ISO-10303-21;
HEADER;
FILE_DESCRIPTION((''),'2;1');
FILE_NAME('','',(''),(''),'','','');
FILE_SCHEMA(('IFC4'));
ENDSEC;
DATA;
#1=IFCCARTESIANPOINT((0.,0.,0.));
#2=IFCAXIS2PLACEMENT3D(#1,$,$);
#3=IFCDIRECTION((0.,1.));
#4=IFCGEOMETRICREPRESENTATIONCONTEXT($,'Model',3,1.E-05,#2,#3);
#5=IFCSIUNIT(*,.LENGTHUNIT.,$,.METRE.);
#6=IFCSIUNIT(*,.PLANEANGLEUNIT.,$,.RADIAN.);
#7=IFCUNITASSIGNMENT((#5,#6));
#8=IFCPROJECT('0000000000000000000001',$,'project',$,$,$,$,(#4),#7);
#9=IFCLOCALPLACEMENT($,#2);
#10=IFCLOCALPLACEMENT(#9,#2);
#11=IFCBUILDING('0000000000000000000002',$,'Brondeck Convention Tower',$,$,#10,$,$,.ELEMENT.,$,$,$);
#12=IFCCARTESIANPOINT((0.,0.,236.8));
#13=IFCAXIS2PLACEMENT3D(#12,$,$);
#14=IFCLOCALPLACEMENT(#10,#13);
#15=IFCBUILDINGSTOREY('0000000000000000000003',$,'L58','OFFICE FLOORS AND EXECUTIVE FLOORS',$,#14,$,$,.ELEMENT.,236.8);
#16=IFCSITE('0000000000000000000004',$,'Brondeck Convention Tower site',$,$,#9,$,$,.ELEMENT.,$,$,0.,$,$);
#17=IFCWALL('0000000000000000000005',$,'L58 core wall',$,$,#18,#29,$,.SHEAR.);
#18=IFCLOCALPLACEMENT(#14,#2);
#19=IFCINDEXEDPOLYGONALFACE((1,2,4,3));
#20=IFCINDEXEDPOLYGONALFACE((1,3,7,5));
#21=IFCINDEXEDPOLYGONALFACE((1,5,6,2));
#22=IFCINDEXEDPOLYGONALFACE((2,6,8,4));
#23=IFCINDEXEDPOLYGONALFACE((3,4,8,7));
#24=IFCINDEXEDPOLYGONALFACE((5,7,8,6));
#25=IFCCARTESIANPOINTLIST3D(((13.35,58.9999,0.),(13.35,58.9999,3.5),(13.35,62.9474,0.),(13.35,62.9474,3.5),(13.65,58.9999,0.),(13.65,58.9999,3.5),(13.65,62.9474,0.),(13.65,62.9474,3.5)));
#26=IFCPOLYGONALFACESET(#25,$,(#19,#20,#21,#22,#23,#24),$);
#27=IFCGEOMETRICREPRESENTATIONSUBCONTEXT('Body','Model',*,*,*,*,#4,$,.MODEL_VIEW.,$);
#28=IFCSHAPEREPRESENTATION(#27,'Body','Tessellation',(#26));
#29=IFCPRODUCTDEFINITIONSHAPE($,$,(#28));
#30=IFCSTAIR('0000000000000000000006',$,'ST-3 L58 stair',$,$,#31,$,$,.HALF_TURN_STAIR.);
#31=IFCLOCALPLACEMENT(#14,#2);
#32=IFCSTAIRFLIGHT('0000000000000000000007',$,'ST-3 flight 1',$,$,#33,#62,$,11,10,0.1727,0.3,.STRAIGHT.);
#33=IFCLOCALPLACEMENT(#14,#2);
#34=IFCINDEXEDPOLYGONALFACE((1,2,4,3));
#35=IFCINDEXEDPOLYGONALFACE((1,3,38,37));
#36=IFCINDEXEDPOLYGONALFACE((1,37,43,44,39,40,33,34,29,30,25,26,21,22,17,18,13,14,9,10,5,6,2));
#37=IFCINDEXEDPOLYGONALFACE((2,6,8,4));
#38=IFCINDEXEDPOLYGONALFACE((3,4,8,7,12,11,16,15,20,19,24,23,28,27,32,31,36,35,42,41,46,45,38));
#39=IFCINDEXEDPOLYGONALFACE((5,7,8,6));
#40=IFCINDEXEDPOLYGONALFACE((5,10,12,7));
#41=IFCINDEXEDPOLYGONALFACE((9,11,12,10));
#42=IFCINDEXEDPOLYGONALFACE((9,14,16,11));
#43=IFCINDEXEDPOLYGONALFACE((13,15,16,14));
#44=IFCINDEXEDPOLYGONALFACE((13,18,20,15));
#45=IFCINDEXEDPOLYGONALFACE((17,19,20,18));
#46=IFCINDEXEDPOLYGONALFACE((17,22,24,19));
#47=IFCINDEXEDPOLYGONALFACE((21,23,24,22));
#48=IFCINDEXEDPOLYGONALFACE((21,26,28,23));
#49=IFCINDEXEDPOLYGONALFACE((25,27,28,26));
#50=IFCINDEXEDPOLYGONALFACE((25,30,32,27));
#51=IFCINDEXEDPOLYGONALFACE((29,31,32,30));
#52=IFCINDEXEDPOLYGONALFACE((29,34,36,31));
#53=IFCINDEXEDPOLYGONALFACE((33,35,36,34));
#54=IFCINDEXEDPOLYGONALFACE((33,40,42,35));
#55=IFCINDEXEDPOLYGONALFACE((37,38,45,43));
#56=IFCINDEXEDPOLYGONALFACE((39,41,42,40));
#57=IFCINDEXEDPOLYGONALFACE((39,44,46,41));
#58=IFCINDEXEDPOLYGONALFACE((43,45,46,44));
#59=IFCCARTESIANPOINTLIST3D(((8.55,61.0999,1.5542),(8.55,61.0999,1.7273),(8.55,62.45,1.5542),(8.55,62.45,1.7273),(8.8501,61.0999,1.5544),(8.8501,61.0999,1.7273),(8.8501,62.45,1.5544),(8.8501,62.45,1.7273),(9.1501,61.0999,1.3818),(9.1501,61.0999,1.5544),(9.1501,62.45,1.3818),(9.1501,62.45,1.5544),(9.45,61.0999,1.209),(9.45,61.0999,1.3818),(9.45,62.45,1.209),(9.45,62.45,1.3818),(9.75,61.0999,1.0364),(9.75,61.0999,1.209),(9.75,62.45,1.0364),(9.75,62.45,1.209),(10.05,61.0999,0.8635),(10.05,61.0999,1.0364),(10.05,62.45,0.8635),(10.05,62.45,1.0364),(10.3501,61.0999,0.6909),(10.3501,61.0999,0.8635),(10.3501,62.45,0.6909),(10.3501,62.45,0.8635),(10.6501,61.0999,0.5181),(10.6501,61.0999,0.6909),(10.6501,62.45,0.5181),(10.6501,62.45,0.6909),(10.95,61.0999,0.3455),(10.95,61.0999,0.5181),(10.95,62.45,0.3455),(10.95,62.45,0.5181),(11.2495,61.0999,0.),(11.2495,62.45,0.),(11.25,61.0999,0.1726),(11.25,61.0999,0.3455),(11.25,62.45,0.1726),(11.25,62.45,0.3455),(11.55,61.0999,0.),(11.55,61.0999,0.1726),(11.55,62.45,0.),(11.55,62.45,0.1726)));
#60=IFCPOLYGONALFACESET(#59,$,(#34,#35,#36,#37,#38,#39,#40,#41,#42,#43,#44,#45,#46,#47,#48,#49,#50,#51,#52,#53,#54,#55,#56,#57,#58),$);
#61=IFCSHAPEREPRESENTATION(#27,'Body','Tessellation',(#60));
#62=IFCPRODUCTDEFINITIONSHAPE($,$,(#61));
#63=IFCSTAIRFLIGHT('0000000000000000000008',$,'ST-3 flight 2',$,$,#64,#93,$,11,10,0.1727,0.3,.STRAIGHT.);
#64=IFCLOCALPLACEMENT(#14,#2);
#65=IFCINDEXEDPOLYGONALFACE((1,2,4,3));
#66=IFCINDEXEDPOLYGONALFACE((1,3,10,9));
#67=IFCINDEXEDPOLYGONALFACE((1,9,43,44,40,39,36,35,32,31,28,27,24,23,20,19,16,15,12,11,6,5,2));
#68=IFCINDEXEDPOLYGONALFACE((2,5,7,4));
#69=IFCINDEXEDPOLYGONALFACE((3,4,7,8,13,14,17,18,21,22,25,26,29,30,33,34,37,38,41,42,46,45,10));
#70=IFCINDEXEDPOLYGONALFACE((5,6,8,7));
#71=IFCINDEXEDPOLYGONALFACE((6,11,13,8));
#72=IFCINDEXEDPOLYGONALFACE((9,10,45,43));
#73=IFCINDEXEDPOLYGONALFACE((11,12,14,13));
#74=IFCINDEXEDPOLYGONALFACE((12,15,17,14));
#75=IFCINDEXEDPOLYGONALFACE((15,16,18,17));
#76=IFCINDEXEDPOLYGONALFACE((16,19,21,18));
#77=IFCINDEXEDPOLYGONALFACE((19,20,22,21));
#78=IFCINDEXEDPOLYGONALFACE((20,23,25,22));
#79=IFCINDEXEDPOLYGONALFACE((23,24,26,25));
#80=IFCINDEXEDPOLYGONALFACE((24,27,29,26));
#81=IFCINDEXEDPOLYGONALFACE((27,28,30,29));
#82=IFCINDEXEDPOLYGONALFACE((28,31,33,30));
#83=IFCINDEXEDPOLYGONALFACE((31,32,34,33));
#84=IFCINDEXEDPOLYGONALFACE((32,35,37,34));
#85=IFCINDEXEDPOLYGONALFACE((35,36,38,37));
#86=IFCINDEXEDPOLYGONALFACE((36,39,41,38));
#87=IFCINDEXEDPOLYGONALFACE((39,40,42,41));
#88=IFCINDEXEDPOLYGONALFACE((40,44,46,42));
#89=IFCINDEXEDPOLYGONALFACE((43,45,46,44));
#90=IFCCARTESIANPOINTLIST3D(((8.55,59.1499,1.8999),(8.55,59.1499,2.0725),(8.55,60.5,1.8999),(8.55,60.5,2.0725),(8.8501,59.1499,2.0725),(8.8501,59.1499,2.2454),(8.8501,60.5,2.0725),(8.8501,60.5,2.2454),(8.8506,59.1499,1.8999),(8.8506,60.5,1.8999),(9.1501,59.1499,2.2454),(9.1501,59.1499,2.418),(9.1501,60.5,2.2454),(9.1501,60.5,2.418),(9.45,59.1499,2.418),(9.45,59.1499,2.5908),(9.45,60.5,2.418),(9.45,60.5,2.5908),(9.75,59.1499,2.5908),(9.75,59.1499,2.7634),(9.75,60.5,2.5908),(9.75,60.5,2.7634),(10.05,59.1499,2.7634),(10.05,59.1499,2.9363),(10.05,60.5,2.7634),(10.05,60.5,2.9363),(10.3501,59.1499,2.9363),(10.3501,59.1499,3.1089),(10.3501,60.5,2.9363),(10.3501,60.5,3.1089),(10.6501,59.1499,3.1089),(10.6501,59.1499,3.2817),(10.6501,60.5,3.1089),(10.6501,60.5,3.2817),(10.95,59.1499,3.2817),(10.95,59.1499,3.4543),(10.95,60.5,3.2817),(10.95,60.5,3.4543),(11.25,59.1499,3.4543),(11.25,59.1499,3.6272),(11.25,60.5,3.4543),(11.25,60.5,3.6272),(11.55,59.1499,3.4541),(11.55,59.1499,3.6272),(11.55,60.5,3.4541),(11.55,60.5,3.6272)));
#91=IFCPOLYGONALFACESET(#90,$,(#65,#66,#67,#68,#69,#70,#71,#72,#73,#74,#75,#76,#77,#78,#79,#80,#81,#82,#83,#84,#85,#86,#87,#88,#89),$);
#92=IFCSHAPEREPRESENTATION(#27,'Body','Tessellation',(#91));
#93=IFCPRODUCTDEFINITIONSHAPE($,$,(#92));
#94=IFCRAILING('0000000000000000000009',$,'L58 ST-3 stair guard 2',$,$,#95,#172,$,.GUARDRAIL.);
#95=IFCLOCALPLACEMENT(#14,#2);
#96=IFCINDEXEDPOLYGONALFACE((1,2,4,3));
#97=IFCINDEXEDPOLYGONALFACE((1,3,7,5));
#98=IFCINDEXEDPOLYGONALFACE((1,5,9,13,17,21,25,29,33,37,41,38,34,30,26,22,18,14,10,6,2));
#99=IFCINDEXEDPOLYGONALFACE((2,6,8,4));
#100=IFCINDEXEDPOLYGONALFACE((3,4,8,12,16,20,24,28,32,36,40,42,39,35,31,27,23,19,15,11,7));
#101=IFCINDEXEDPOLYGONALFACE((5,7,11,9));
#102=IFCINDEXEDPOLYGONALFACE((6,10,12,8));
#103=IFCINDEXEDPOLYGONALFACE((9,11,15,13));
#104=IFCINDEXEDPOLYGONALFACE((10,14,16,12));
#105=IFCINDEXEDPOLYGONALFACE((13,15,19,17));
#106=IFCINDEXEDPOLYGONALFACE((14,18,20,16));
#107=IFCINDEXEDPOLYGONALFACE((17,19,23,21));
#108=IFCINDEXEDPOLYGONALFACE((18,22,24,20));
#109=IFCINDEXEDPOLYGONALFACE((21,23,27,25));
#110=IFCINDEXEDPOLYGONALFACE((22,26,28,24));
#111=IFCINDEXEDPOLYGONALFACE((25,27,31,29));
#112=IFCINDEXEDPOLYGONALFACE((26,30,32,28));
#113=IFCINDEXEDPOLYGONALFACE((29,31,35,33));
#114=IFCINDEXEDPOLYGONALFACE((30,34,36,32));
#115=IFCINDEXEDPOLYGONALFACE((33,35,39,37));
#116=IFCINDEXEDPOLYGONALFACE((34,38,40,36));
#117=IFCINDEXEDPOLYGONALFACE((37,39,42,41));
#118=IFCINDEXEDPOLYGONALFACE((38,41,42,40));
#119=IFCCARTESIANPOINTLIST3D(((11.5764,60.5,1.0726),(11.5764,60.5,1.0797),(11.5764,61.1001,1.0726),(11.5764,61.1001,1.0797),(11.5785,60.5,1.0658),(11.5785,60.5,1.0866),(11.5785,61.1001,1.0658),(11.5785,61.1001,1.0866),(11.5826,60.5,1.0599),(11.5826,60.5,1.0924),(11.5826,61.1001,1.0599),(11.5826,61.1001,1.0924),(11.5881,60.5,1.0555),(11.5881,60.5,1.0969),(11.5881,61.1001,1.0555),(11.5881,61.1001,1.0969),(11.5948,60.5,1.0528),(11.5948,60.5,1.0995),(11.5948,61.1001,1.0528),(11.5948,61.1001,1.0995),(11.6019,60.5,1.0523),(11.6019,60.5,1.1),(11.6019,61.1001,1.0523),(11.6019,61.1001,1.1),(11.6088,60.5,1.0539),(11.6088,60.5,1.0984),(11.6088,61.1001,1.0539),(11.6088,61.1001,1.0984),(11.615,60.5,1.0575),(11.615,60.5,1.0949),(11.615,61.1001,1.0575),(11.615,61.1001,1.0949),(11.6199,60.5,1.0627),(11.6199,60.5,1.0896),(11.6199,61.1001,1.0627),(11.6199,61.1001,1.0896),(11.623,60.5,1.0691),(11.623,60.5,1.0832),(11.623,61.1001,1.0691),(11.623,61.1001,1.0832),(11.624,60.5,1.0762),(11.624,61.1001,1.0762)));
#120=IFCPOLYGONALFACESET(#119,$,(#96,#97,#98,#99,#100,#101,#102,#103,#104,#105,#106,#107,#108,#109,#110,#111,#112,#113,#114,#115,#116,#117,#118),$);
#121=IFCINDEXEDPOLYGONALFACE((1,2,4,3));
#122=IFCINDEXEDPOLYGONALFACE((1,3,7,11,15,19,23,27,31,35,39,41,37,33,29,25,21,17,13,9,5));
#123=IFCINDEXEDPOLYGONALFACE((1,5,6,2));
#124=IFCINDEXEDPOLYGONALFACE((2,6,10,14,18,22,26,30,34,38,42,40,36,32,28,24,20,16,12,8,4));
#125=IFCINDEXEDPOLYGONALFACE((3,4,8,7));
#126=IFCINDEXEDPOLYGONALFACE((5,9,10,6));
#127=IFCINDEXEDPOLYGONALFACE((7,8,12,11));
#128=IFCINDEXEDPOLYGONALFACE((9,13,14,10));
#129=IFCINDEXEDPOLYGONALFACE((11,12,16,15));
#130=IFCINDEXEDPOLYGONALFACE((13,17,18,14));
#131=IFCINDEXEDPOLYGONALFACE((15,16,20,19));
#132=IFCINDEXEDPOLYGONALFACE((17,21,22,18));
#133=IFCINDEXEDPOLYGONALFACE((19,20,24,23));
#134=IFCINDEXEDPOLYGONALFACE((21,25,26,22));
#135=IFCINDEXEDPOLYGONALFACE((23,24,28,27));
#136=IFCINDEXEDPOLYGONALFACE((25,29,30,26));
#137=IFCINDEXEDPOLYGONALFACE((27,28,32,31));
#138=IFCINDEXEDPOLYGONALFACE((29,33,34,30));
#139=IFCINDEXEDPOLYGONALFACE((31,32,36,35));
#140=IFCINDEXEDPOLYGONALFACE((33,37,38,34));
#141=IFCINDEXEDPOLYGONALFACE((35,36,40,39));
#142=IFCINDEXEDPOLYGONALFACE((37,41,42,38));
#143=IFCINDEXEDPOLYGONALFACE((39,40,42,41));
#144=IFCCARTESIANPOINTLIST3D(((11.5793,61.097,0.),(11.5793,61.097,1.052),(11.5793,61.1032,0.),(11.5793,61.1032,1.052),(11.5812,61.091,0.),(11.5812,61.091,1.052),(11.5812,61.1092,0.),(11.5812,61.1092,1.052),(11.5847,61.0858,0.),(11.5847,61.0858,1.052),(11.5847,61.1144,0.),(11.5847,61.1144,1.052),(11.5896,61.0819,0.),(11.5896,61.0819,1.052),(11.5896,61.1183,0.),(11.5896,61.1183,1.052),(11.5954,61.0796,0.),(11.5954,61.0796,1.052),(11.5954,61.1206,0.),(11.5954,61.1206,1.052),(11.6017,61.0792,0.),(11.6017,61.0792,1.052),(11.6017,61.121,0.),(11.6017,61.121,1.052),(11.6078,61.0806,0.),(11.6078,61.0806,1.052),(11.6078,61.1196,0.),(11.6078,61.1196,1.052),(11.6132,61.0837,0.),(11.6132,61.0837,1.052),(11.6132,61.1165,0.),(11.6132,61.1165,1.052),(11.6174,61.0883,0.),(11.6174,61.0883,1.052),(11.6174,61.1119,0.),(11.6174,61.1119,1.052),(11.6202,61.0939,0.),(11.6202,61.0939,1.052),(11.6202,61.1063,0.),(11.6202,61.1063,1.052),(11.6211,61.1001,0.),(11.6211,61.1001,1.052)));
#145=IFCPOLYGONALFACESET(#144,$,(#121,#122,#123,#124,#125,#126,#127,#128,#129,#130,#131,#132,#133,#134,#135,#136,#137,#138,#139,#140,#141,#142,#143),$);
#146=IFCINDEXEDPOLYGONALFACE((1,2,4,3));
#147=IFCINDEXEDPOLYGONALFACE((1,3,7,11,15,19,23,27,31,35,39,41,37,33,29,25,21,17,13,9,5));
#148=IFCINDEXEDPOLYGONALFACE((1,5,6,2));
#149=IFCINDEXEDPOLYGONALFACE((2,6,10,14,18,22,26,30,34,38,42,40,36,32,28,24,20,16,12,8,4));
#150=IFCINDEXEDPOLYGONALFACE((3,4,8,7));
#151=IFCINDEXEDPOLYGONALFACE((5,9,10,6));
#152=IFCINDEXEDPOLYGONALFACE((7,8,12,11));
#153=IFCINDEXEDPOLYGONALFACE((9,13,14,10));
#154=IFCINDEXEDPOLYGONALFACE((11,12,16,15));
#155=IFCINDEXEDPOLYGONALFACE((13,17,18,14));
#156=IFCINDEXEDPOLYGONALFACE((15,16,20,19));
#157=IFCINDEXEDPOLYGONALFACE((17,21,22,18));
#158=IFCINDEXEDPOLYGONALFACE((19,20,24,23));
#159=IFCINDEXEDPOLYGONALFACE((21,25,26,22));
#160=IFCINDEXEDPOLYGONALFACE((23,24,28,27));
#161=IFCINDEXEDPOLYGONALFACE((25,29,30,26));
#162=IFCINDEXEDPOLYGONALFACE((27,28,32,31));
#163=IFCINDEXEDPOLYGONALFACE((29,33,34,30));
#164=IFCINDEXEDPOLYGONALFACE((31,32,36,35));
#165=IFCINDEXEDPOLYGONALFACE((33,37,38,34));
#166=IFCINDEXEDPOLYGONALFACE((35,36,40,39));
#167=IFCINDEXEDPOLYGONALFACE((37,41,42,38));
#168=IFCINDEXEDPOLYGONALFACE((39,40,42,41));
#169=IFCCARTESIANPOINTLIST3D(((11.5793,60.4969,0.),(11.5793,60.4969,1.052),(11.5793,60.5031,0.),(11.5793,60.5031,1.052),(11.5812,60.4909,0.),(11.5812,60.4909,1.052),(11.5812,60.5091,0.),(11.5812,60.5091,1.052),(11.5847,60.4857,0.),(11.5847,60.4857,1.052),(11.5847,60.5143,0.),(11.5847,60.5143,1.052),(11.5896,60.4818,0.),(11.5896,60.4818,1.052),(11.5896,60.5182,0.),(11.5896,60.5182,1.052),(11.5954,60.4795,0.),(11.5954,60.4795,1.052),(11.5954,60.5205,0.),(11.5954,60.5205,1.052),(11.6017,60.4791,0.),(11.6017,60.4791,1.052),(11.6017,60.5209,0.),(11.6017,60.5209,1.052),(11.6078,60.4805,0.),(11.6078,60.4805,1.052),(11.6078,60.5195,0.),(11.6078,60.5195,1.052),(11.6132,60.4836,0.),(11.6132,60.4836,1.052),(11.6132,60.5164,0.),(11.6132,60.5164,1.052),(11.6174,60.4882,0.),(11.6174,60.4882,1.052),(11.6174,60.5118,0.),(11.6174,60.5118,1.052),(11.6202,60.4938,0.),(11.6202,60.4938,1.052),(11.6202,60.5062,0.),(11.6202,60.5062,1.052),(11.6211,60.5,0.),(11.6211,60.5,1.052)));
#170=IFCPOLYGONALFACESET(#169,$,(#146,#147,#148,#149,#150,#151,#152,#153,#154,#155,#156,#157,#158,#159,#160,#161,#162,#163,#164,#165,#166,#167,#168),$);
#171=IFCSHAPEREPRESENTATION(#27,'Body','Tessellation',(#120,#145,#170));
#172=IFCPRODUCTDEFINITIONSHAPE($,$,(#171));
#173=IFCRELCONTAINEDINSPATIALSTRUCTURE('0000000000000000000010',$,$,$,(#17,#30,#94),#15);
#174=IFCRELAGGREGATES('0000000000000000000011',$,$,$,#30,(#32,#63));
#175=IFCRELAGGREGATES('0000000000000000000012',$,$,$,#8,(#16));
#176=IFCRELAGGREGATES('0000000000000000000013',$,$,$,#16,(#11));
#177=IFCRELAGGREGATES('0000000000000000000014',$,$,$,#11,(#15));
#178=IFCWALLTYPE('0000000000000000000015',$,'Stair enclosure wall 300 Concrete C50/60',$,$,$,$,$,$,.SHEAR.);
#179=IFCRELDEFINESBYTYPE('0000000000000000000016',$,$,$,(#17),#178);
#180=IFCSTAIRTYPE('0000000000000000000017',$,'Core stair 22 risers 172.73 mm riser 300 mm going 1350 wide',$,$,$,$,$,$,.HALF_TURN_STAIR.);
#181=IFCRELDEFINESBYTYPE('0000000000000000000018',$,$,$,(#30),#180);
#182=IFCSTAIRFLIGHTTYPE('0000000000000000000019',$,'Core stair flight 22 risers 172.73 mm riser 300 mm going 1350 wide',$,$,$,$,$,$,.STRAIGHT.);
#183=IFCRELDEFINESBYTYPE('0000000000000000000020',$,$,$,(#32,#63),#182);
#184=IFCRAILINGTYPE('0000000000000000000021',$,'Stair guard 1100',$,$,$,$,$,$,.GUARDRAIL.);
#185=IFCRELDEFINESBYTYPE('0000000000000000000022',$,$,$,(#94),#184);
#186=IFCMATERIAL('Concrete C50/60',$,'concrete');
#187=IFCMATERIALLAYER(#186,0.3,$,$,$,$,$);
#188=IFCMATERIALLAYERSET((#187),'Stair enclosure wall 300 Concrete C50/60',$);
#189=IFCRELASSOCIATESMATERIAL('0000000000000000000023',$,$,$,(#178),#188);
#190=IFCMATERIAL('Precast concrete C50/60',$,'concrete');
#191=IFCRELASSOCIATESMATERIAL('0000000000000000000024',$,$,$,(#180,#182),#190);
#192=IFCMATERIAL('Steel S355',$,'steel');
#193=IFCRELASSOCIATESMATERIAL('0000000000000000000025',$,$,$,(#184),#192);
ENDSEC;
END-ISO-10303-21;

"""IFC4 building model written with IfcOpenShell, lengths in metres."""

from ifc_helpers import new_model, si_unit, direction, frame, frame_2d, origin, origin_2d, place, context, subcontext, project, spatial, polyline, rectangle, circle, outline, extrude, material, layer, layer_set, type_object, element, aggregate, save


model = new_model("IFC4")

# Units and contexts
model_context = context("Model", 3, precision=1e-05, world=origin(), true_north=direction((0.0, 1.0)))
body_context = subcontext(model_context, "Body", "Model", "MODEL_VIEW")
ifc_project = project(units=[si_unit("LENGTHUNIT", "METRE"), si_unit("PLANEANGLEUNIT", "RADIAN")], contexts=[model_context])

# Site, building, storey
site_placement = place(None, origin())
site = spatial("IfcSite", under=ifc_project, at=site_placement, Name="Brondeck Convention Tower site", CompositionType="ELEMENT", RefElevation=0.0)
building_placement = place(site_placement, origin())
building = spatial("IfcBuilding", under=site, at=building_placement, Name="Brondeck Convention Tower", CompositionType="ELEMENT")
storey_placement = place(building_placement, frame((0.0, 0.0, 236.8)))
storey = spatial("IfcBuildingStorey", under=building, at=storey_placement, Name="L58", Description="OFFICE FLOORS AND EXECUTIVE FLOORS", CompositionType="ELEMENT", Elevation=236.8)

# Shared definitions
ifc_material_1 = material(Name="Concrete C50/60", Category="concrete")

# Wall
ifc_layer_1 = layer(ifc_material_1, 0.3)
ifc_layer_set_1 = layer_set([ifc_layer_1], Name="Stair enclosure wall 300 Concrete C50/60")
wall_type_1 = type_object("IfcWallType", Name="Stair enclosure wall 300 Concrete C50/60", PredefinedType="SHEAR", material=ifc_layer_set_1)
wall_1_placement = place(storey_placement, frame((13.5, 59.0, 0.0), z_axis=(0.0, 0.0, 1.0), x_axis=(0.0, 1.0, 0.0)))
element("IfcWall", 1, at=wall_1_placement, inside=storey, type_object=wall_type_1, Name="L58 core wall", PredefinedType="SHEAR", context=body_context, shape_type="SweptSolid", body=[
    extrude(rectangle(XDim=3.9475, YDim=0.3, at=frame_2d((1.9736, 0.0))), origin(), (0.0, 0.0, 1.0), 3.5),
])

# Stair, stair flights
ifc_material_2 = material(Name="Precast concrete C50/60", Category="concrete")
stair_type = type_object("IfcStairType", Name="Core stair 22 risers 172.73 mm riser 300 mm going 1350 wide", PredefinedType="HALF_TURN_STAIR", material=ifc_material_2)
stair_placement = place(storey_placement, origin())
stair = element("IfcStair", 2, at=stair_placement, inside=storey, type_object=stair_type, Name="ST-3 L58 stair", PredefinedType="HALF_TURN_STAIR")
stair_flight_type = type_object("IfcStairFlightType", Name="Core stair flight 22 risers 172.73 mm riser 300 mm going 1350 wide", PredefinedType="STRAIGHT", material=ifc_material_2)
stair_flight_1_placement = place(storey_placement, frame((11.55, 61.7749, 0.0), z_axis=(0.0, 0.0, 1.0), x_axis=(-1.0, 0.0, 0.0)))
stair_flight_1 = element("IfcStairFlight", 3, at=stair_flight_1_placement, type_object=stair_flight_type, Name="ST-3 flight 1", NumberOfRisers=11, NumberOfTreads=10, PredefinedType="STRAIGHT", RiserHeight=0.1727, TreadLength=0.3, context=body_context, shape_type="SweptSolid", body=[
    extrude(outline(polyline([(0.0, 0.0), (0.0, 0.1726), (0.3, 0.1726), (0.3, 0.3455), (0.6001, 0.3455), (0.6001, 0.5181), (0.8999, 0.5181), (0.8999, 0.6909), (1.2, 0.6909), (1.2, 0.8635), (1.5, 0.8635), (1.5, 1.0364), (1.8, 1.0364), (1.8, 1.209), (2.1001, 1.209), (2.1001, 1.3818), (2.3999, 1.3818), (2.3999, 1.5544), (2.7, 1.5544), (2.7, 1.7273), (3.0, 1.7273), (3.0, 1.8999), (3.0, 1.5542), (0.3005, 0.0), (0.0, 0.0)])), frame((0.0, 0.675, 0.0), z_axis=(0.0, -1.0, 0.0), x_axis=(1.0, 0.0, 0.0)), (0.0, 0.0, 1.0), 1.3501),
])
stair_flight_2_placement = place(storey_placement, frame((8.55, 59.825, 1.8999), z_axis=(0.0, 0.0, 1.0), x_axis=(1.0, 0.0, 0.0)))
stair_flight_2 = element("IfcStairFlight", 4, at=stair_flight_2_placement, type_object=stair_flight_type, Name="ST-3 flight 2", NumberOfRisers=11, NumberOfTreads=10, PredefinedType="STRAIGHT", RiserHeight=0.1727, TreadLength=0.3, context=body_context, shape_type="SweptSolid", body=[
    extrude(outline(polyline([(0.0, 0.0), (0.0, 0.1726), (0.3, 0.1726), (0.3, 0.3455), (0.6001, 0.3455), (0.6001, 0.5181), (0.8999, 0.5181), (0.8999, 0.6909), (1.2, 0.6909), (1.2, 0.8635), (1.5, 0.8635), (1.5, 1.0364), (1.8, 1.0364), (1.8, 1.209), (2.1001, 1.209), (2.1001, 1.3818), (2.3999, 1.3818), (2.3999, 1.5544), (2.7, 1.5544), (2.7, 1.7273), (3.0, 1.7273), (3.0, 1.8999), (3.0, 1.5542), (0.3005, 0.0), (0.0, 0.0)])), frame((0.0, 0.675, 0.0), z_axis=(0.0, -1.0, 0.0), x_axis=(1.0, 0.0, 0.0)), (0.0, 0.0, 1.0), 1.3501),
])
aggregate(stair, [stair_flight_1, stair_flight_2])

# Railing
ifc_material_3 = material(Name="Steel S355", Category="steel")
railing_type_1 = type_object("IfcRailingType", Name="Stair guard 1100", PredefinedType="GUARDRAIL", material=ifc_material_3)
railing_1_placement = place(storey_placement, frame((11.6001, 61.1001, 0.0)))
element("IfcRailing", 5, at=railing_1_placement, inside=storey, type_object=railing_type_1, Name="L58 ST-3 stair guard 2", PredefinedType="GUARDRAIL", context=body_context, shape_type="SweptSolid", body=[
    extrude(circle(Radius=0.0239, at=origin_2d()), frame((0.0, 0.0, 1.0762), z_axis=(0.0, -1.0, 0.0), x_axis=(1.0, 0.0, 0.0)), (0.0, 0.0, 1.0), 0.6001),
    extrude(circle(Radius=0.021, at=origin_2d()), origin(), (0.0, 0.0, 1.0), 1.052),
    extrude(circle(Radius=0.021, at=origin_2d()), frame((0.0, -0.6001, 0.0)), (0.0, 0.0, 1.0), 1.052),
])

save(model, "model.ifc")
